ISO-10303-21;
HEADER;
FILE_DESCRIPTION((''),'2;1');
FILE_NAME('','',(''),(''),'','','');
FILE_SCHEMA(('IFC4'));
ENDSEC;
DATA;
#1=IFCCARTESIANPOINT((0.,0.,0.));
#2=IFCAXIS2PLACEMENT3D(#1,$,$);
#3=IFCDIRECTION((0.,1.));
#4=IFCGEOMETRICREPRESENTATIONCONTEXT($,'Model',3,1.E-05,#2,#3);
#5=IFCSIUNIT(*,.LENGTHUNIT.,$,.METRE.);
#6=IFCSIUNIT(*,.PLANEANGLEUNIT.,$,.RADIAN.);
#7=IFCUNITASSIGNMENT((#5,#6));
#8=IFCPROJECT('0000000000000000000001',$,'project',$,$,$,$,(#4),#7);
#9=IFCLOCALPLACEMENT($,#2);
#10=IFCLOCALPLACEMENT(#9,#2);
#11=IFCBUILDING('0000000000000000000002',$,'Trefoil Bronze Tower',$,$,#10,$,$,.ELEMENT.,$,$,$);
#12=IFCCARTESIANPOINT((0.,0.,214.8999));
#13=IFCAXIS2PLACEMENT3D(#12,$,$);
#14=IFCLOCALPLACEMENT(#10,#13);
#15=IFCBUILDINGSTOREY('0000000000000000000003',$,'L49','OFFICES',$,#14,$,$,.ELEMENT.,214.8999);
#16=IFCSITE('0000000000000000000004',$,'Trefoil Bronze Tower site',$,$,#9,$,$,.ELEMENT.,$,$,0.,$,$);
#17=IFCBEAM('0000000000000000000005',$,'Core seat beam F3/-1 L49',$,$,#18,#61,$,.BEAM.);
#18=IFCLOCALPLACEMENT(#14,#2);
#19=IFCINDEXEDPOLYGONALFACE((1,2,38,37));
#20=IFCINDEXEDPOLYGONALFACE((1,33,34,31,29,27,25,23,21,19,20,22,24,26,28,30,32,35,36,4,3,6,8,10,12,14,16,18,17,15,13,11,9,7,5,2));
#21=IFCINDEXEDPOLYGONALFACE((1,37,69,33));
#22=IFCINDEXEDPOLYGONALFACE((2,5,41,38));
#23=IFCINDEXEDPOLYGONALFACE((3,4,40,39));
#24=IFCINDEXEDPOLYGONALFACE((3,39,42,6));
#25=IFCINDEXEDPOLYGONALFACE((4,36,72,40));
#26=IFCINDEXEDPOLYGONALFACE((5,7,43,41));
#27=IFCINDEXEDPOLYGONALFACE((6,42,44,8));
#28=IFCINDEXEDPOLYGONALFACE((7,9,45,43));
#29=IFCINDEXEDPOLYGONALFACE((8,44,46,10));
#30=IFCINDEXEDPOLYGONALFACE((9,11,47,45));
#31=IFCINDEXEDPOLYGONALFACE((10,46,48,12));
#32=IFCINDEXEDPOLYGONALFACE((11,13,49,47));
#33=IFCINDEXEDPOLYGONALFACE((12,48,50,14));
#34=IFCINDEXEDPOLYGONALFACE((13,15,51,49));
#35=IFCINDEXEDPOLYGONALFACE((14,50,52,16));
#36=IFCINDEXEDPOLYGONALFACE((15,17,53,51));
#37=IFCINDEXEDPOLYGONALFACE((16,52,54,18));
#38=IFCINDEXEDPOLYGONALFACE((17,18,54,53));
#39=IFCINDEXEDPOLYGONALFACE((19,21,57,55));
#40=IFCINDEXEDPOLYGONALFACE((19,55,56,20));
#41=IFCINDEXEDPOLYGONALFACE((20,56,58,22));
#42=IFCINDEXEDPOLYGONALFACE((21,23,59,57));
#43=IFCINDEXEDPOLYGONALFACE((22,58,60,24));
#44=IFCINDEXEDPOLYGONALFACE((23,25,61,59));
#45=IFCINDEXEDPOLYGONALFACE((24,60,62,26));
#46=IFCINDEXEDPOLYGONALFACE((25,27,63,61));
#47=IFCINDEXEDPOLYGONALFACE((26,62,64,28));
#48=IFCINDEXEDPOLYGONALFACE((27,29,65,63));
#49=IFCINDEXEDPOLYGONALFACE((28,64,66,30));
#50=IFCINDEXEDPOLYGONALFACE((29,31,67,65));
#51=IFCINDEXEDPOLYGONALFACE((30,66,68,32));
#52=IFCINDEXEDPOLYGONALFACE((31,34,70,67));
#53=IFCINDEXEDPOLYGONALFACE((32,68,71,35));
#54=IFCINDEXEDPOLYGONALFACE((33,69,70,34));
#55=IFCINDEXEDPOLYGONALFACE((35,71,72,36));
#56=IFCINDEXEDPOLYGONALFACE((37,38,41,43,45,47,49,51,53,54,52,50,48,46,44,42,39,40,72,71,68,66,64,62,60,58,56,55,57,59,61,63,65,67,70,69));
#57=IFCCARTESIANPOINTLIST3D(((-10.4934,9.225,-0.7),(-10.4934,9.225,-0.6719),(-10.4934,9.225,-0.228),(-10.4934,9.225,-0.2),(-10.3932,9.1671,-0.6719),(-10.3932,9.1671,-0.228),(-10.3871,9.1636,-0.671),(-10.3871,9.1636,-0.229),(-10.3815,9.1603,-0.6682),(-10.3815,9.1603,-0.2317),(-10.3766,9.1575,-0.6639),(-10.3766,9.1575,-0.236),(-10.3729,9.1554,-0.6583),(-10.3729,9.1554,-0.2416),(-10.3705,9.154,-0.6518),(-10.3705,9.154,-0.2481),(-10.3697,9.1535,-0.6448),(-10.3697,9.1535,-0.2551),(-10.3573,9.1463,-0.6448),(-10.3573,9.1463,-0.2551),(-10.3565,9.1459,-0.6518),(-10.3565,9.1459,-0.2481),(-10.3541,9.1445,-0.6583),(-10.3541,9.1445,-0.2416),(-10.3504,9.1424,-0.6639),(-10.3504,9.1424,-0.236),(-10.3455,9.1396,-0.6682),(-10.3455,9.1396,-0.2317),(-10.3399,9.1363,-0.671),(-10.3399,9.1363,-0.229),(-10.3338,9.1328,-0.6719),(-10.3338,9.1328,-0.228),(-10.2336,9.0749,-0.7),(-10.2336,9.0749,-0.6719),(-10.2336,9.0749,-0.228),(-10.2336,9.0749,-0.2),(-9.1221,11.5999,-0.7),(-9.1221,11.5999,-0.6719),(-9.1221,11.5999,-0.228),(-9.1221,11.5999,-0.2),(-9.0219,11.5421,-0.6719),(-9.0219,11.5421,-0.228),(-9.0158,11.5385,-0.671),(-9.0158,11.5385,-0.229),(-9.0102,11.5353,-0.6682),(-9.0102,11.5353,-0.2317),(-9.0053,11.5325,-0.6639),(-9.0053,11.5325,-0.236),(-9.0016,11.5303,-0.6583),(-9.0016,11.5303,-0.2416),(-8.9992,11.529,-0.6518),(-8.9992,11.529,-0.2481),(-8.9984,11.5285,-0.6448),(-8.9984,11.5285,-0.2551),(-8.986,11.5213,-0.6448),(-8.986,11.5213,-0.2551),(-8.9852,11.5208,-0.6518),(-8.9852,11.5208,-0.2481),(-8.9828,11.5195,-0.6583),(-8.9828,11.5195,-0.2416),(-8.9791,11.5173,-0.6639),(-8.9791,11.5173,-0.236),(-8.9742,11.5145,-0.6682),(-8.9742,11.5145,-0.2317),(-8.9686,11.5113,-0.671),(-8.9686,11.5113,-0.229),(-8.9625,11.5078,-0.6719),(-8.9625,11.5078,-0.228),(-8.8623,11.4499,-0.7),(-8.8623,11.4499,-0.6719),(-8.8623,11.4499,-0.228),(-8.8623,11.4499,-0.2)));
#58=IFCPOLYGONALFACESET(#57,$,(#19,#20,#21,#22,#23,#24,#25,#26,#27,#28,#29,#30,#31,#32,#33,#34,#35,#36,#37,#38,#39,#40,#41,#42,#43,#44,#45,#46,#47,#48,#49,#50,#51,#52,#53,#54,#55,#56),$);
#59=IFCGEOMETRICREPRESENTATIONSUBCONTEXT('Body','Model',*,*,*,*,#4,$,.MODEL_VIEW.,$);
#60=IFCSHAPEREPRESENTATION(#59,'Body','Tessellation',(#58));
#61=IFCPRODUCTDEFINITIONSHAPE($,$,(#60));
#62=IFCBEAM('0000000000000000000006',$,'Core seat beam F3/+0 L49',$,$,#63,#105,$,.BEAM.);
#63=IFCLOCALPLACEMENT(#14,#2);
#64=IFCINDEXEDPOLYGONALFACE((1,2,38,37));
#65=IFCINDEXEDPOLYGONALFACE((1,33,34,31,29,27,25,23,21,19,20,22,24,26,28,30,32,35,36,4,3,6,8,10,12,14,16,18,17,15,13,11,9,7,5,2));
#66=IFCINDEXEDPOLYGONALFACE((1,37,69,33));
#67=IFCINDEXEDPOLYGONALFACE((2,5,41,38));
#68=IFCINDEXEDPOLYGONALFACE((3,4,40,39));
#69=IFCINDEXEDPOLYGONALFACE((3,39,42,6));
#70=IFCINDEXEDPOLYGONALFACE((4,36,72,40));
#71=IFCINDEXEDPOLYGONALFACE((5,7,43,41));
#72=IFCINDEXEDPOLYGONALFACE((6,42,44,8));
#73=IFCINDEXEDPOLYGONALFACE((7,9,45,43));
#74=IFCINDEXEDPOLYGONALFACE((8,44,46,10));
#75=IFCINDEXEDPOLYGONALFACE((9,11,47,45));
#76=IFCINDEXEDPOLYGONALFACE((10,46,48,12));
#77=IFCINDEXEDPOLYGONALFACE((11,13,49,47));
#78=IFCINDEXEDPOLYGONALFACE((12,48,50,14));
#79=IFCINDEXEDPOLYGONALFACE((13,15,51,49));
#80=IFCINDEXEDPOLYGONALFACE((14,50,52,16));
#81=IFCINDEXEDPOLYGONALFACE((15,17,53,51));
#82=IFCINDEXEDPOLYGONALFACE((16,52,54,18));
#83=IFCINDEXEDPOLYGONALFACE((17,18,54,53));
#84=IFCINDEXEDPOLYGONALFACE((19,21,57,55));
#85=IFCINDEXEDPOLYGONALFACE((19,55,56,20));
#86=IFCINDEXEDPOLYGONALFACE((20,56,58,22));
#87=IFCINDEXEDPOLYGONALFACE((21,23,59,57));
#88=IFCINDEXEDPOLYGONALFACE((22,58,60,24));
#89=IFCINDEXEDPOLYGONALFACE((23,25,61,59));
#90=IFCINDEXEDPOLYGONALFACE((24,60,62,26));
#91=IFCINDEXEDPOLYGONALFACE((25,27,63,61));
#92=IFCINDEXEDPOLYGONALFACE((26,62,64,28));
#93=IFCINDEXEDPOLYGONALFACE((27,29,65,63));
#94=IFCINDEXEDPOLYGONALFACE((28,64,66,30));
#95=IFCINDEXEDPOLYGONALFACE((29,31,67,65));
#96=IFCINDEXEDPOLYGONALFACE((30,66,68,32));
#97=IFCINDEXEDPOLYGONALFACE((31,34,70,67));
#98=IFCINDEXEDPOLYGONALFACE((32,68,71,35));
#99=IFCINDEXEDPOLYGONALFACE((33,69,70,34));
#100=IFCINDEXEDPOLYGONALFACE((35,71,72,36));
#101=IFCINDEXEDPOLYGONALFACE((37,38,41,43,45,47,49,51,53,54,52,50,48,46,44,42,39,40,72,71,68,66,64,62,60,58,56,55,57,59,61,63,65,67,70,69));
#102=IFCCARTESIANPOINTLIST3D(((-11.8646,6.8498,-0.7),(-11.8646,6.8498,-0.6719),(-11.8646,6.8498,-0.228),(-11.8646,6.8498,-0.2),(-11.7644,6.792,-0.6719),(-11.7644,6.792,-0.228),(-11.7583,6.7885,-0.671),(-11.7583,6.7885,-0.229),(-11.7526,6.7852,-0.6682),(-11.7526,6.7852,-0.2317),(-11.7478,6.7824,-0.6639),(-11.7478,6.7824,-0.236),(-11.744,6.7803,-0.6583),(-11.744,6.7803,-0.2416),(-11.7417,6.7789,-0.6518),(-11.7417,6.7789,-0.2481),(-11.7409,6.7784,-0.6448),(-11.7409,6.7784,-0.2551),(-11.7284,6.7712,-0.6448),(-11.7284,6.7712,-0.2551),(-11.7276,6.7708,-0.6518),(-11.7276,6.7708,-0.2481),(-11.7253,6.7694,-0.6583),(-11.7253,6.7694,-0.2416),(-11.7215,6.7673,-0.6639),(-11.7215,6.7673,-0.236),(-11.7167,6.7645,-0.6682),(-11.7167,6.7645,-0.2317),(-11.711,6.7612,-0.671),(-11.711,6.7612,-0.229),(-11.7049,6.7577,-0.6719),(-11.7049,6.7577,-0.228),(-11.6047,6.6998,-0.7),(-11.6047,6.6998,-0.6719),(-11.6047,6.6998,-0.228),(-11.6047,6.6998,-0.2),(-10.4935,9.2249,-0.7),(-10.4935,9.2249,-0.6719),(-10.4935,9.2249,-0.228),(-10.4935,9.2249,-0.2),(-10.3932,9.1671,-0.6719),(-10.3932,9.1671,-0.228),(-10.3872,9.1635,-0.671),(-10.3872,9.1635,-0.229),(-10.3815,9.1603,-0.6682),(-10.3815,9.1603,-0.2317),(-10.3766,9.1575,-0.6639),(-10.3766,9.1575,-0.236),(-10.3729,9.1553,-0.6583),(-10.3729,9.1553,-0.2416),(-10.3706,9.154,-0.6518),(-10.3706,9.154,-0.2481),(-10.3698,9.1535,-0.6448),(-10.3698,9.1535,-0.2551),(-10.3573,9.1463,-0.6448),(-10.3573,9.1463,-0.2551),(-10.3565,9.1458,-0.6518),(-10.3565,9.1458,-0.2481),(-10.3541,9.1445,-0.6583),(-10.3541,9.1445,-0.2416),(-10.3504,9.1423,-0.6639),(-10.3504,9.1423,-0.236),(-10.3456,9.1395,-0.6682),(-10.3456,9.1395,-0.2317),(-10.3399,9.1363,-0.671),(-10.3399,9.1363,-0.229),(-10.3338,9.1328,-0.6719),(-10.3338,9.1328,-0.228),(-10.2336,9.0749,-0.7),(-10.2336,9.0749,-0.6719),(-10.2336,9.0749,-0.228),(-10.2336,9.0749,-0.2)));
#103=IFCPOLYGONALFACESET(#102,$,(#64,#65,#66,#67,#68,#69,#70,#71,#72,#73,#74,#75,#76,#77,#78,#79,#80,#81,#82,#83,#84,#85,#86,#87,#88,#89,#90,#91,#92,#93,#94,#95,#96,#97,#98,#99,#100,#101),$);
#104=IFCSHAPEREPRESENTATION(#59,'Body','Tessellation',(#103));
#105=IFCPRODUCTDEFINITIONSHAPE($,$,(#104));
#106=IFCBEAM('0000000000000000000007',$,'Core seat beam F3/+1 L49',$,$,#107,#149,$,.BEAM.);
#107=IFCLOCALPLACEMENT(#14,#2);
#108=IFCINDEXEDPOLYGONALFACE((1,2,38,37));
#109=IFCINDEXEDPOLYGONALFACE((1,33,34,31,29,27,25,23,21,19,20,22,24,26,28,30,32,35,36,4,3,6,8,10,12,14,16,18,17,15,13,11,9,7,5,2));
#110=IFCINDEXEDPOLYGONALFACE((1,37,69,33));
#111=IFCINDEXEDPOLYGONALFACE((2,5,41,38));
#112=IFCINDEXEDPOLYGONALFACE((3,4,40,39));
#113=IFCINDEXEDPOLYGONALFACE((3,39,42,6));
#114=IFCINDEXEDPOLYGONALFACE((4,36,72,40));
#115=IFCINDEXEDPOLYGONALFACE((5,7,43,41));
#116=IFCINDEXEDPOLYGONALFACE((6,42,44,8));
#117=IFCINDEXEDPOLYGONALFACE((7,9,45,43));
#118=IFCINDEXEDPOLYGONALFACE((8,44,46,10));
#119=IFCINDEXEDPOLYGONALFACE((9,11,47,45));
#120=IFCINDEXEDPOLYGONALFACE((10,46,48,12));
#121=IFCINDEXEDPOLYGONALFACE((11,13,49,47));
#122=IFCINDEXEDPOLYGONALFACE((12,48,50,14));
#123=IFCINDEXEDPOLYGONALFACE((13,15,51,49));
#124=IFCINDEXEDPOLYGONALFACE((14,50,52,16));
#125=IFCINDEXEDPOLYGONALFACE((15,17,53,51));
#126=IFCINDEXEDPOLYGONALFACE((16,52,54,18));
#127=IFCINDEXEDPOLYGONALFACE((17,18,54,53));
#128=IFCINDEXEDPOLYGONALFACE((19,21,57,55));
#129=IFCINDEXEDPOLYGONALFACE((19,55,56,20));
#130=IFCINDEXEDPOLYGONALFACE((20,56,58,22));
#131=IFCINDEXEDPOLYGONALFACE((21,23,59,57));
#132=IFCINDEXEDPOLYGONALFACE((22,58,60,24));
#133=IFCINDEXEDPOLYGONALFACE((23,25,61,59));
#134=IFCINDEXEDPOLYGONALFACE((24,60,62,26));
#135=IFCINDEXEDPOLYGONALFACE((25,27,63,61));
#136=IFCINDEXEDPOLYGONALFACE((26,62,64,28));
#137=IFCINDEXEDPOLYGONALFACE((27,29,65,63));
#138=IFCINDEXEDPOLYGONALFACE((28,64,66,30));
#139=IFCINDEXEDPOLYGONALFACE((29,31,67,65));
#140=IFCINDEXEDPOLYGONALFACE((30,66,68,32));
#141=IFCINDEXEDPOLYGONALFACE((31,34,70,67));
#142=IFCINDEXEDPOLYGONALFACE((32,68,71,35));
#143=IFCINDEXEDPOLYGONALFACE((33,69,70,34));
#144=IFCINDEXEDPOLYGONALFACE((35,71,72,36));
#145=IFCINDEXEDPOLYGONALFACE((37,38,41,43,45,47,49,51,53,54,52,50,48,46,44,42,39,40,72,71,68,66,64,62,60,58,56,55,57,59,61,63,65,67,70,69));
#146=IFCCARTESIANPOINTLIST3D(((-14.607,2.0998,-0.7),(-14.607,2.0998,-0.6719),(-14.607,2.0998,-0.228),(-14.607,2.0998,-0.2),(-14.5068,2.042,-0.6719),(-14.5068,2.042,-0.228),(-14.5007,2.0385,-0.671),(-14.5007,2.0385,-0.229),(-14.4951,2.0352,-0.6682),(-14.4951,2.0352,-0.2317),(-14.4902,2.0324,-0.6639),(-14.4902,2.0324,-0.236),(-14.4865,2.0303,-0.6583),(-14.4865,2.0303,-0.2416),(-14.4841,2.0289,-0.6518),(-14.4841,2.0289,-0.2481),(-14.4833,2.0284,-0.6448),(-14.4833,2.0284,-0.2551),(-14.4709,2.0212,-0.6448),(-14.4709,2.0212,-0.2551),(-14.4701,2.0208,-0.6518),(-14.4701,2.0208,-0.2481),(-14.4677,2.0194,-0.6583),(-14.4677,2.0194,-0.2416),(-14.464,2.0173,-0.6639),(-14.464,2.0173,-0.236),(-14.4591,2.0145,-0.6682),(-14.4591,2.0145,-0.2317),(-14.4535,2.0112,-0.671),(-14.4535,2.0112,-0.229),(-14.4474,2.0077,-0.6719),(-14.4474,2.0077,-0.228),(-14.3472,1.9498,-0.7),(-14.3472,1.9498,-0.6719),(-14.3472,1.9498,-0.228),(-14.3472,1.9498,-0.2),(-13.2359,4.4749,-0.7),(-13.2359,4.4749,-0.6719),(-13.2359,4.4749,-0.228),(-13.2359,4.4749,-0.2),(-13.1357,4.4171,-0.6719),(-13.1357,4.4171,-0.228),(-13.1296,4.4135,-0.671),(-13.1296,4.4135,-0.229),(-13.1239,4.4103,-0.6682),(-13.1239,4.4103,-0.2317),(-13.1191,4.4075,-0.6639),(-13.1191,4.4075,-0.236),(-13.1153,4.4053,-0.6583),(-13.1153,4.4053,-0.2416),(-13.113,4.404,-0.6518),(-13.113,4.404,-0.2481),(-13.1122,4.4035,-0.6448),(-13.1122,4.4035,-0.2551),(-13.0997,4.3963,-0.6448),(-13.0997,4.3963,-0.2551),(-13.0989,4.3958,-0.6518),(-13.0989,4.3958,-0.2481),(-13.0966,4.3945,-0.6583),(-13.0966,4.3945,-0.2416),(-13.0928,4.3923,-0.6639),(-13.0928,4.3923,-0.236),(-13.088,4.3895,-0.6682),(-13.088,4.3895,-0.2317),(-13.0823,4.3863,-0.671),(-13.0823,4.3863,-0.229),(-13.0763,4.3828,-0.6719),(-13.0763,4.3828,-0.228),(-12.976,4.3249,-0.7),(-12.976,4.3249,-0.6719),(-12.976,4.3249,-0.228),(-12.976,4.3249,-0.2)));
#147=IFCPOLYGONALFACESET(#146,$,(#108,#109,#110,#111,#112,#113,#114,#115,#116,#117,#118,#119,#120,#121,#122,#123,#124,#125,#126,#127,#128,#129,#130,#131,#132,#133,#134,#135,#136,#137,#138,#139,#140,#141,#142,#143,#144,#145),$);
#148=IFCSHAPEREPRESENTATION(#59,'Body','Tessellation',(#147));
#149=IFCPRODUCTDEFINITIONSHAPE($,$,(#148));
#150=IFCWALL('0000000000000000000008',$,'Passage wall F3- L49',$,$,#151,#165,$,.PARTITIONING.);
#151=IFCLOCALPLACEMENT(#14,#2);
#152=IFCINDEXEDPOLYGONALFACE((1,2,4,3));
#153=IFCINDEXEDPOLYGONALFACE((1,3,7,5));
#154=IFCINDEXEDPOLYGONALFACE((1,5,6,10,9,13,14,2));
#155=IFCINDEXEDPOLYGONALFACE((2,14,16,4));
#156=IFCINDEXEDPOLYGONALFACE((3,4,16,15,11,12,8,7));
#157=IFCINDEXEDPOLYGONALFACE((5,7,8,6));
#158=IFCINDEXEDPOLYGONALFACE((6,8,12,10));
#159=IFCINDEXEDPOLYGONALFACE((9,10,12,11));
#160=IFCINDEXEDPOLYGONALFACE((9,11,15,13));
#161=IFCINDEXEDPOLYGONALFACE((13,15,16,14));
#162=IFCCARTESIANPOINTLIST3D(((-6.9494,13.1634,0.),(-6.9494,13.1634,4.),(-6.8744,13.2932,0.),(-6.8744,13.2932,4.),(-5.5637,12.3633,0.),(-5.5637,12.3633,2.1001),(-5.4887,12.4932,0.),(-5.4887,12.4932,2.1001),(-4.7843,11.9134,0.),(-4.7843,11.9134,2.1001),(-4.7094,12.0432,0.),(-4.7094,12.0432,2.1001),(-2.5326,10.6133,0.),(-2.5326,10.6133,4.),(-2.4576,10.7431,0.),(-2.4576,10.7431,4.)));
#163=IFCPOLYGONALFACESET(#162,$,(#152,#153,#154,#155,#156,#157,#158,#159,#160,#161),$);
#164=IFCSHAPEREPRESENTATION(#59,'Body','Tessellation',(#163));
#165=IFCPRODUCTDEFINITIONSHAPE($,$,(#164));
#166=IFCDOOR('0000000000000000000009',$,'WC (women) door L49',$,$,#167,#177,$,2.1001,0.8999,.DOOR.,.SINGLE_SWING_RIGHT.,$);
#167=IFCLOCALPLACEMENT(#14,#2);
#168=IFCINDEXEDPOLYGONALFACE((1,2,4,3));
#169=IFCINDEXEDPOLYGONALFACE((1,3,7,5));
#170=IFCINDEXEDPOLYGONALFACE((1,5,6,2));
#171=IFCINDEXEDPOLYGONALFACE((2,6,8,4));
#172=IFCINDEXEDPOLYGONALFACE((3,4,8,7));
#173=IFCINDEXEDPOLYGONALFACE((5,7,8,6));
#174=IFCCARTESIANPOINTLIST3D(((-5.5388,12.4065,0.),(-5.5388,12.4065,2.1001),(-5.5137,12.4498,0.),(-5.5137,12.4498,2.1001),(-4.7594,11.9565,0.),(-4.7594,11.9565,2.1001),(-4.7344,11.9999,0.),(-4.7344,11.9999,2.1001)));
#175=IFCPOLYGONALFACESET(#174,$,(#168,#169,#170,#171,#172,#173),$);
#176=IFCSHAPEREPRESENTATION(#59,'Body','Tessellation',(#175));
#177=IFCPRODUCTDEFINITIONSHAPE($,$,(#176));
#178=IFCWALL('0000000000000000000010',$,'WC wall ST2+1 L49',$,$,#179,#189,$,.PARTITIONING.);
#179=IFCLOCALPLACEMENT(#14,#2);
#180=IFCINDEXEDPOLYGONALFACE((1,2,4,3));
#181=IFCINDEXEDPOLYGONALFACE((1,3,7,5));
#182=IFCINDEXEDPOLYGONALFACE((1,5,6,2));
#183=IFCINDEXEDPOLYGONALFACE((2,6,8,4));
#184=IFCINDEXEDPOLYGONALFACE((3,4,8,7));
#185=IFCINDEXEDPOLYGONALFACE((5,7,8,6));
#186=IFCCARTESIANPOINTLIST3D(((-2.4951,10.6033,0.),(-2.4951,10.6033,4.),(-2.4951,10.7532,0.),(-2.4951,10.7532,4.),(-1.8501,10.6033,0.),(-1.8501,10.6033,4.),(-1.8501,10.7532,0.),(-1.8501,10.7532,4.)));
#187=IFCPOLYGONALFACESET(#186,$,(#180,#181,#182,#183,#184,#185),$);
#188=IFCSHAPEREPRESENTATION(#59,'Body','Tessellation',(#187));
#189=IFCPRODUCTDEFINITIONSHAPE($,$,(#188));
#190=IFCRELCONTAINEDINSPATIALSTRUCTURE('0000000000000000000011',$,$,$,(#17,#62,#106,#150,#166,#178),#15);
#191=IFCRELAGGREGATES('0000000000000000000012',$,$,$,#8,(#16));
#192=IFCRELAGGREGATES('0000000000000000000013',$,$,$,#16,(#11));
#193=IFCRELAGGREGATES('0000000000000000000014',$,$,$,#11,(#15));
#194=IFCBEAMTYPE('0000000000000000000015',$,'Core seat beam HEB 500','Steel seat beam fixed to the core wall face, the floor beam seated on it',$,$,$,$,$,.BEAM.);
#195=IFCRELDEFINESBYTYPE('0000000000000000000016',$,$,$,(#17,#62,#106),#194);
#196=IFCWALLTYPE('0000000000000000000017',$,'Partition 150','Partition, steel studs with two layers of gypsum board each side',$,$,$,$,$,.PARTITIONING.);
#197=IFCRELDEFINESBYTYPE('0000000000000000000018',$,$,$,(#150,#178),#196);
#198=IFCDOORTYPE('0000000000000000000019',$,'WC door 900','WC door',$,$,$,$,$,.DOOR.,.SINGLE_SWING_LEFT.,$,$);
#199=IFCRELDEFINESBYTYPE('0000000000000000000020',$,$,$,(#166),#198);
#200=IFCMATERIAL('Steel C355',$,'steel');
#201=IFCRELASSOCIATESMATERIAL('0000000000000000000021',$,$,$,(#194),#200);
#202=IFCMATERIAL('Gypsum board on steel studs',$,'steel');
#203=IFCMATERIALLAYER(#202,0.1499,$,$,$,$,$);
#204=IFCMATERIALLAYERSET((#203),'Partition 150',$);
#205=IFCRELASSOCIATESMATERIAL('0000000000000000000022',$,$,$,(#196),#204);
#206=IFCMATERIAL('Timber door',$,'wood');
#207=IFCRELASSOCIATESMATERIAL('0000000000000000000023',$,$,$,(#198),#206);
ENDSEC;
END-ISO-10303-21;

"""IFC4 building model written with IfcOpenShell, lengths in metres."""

from ifc_helpers import new_model, si_unit, direction, frame, frame_2d, origin, origin_2d, place, context, subcontext, project, spatial, rectangle, i_section, extrude, material, layer, layer_set, material_profile, profile_set, type_object, element, fill, save


model = new_model("IFC4")

# Units and contexts
model_context = context("Model", 3, precision=1e-05, world=origin(), true_north=direction((0.0, 1.0)))
body_context = subcontext(model_context, "Body", "Model", "MODEL_VIEW")
ifc_project = project(units=[si_unit("LENGTHUNIT", "METRE"), si_unit("PLANEANGLEUNIT", "RADIAN")], contexts=[model_context])

# Site, building, storey
site_placement = place(None, origin())
site = spatial("IfcSite", under=ifc_project, at=site_placement, Name="Trefoil Bronze Tower site", CompositionType="ELEMENT", RefElevation=0.0)
building_placement = place(site_placement, origin())
building = spatial("IfcBuilding", under=site, at=building_placement, Name="Trefoil Bronze Tower", CompositionType="ELEMENT")
storey_placement = place(building_placement, frame((0.0, 0.0, 214.8999)))
storey = spatial("IfcBuildingStorey", under=building, at=storey_placement, Name="L49", Description="OFFICES", CompositionType="ELEMENT", Elevation=214.8999)

# Beams
ifc_material_1 = material(Name="Steel C355", Category="steel")
ifc_material_profile = material_profile(ifc_material_1, i_section(OverallWidth=0.3, OverallDepth=0.5, WebThickness=0.0144, FlangeThickness=0.0281, FilletRadius=0.0271, at=origin_2d()), Name="HEB 500")
ifc_profile_set = profile_set([ifc_material_profile], Name="Steel C355")
beam_type = type_object("IfcBeamType", Name="Core seat beam HEB 500", Description="Steel seat beam fixed to the core wall face, the floor beam seated on it", PredefinedType="BEAM", material=ifc_profile_set)
for number, where, z_axis, x_axis, name in (
    (1, (-8.9922, 11.5249, -0.45), (-0.500036, -0.866005, 0.0), (0.866005, -0.500036, 0.0), "Core seat beam F3/-1 L49"),
    (2, (-10.3635, 9.1499, -0.45), (-0.499969, -0.866043, 0.0), (0.866043, -0.499969, 0.0), "Core seat beam F3/+0 L49"),
    (3, (-13.106, 4.3999, -0.45), (-0.499969, -0.866043, 0.0), (0.866043, -0.499969, 0.0), "Core seat beam F3/+1 L49"),
):
    element("IfcBeam", number, at=place(storey_placement, frame(where, z_axis=z_axis, x_axis=x_axis)), inside=storey, type_object=beam_type, Name=name, PredefinedType="BEAM", context=body_context, shape_type="SweptSolid", body=[
        extrude(i_section(OverallWidth=0.3, OverallDepth=0.5, WebThickness=0.0144, FlangeThickness=0.0281, FilletRadius=0.0271, at=origin_2d()), origin(), (0.0, 0.0, 1.0), 2.7424),
    ])

# Wall, opening, door
ifc_material_2 = material(Name="Gypsum board on steel studs", Category="steel")
ifc_layer_1 = layer(ifc_material_2, 0.1499)
ifc_layer_set_1 = layer_set([ifc_layer_1], Name="Partition 150")
wall_type_1 = type_object("IfcWallType", Name="Partition 150", Description="Partition, steel studs with two layers of gypsum board each side", PredefinedType="PARTITIONING", material=ifc_layer_set_1)
wall_1_placement = place(storey_placement, frame((-2.4951, 10.6782, 0.0), z_axis=(0.0, 0.0, 1.0), x_axis=(-0.866022, 0.500006, 0.0)))
wall_1 = element("IfcWall", 4, at=wall_1_placement, inside=storey, type_object=wall_type_1, Name="Passage wall F3- L49", PredefinedType="PARTITIONING", context=body_context, shape_type="SweptSolid", body=[
    extrude(rectangle(XDim=5.1001, YDim=0.1499, at=frame_2d((2.55, 0.0))), origin(), (0.0, 0.0, 1.0), 4.0),
])
opening_1_placement = place(wall_1_placement, frame((2.6001, 0.0, 0.0)))
opening_1 = element("IfcOpeningElement", 5, at=opening_1_placement, cuts=wall_1, PredefinedType="OPENING", context=body_context, shape_type="SweptSolid", body=[
    extrude(rectangle(XDim=0.8999, YDim=2.1001, at=frame_2d((0.45, 1.05))), frame((0.0, 0.085, 0.0), z_axis=(0.0, -1.0, 0.0), x_axis=(1.0, 0.0, 0.0)), (0.0, 0.0, 1.0), 0.1699),
])
ifc_material_3 = material(Name="Timber door", Category="wood")
door_type_1 = type_object("IfcDoorType", Name="WC door 900", Description="WC door", OperationType="SINGLE_SWING_LEFT", PredefinedType="DOOR", material=ifc_material_3)
door_1_placement = place(opening_1_placement, frame((0.8999, 0.0, 0.0), z_axis=(0.0, 0.0, 1.0), x_axis=(-1.0, 0.0, 0.0)))
door_1 = element("IfcDoor", 6, at=door_1_placement, inside=storey, type_object=door_type_1, Name="WC (women) door L49", OperationType="SINGLE_SWING_RIGHT", OverallHeight=2.1001, OverallWidth=0.8999, PredefinedType="DOOR", context=body_context, shape_type="SweptSolid", body=[
    extrude(rectangle(XDim=0.8999, YDim=2.1001, at=frame_2d((0.45, 1.05))), frame((0.0, 0.0249, 0.0), z_axis=(0.0, -1.0, 0.0), x_axis=(1.0, 0.0, 0.0)), (0.0, 0.0, 1.0), 0.05),
])
fill(opening_1, door_1)

# Wall
wall_2_placement = place(storey_placement, frame((-2.4951, 10.6782, 0.0), z_axis=(0.0, 0.0, 1.0), x_axis=(1.0, 0.0, 0.0)))
element("IfcWall", 7, at=wall_2_placement, inside=storey, type_object=wall_type_1, Name="WC wall ST2+1 L49", PredefinedType="PARTITIONING", context=body_context, shape_type="SweptSolid", body=[
    extrude(rectangle(XDim=0.645, YDim=0.1499, at=frame_2d((0.3225, 0.0))), origin(), (0.0, 0.0, 1.0), 4.0),
])

save(model, "model.ifc")
